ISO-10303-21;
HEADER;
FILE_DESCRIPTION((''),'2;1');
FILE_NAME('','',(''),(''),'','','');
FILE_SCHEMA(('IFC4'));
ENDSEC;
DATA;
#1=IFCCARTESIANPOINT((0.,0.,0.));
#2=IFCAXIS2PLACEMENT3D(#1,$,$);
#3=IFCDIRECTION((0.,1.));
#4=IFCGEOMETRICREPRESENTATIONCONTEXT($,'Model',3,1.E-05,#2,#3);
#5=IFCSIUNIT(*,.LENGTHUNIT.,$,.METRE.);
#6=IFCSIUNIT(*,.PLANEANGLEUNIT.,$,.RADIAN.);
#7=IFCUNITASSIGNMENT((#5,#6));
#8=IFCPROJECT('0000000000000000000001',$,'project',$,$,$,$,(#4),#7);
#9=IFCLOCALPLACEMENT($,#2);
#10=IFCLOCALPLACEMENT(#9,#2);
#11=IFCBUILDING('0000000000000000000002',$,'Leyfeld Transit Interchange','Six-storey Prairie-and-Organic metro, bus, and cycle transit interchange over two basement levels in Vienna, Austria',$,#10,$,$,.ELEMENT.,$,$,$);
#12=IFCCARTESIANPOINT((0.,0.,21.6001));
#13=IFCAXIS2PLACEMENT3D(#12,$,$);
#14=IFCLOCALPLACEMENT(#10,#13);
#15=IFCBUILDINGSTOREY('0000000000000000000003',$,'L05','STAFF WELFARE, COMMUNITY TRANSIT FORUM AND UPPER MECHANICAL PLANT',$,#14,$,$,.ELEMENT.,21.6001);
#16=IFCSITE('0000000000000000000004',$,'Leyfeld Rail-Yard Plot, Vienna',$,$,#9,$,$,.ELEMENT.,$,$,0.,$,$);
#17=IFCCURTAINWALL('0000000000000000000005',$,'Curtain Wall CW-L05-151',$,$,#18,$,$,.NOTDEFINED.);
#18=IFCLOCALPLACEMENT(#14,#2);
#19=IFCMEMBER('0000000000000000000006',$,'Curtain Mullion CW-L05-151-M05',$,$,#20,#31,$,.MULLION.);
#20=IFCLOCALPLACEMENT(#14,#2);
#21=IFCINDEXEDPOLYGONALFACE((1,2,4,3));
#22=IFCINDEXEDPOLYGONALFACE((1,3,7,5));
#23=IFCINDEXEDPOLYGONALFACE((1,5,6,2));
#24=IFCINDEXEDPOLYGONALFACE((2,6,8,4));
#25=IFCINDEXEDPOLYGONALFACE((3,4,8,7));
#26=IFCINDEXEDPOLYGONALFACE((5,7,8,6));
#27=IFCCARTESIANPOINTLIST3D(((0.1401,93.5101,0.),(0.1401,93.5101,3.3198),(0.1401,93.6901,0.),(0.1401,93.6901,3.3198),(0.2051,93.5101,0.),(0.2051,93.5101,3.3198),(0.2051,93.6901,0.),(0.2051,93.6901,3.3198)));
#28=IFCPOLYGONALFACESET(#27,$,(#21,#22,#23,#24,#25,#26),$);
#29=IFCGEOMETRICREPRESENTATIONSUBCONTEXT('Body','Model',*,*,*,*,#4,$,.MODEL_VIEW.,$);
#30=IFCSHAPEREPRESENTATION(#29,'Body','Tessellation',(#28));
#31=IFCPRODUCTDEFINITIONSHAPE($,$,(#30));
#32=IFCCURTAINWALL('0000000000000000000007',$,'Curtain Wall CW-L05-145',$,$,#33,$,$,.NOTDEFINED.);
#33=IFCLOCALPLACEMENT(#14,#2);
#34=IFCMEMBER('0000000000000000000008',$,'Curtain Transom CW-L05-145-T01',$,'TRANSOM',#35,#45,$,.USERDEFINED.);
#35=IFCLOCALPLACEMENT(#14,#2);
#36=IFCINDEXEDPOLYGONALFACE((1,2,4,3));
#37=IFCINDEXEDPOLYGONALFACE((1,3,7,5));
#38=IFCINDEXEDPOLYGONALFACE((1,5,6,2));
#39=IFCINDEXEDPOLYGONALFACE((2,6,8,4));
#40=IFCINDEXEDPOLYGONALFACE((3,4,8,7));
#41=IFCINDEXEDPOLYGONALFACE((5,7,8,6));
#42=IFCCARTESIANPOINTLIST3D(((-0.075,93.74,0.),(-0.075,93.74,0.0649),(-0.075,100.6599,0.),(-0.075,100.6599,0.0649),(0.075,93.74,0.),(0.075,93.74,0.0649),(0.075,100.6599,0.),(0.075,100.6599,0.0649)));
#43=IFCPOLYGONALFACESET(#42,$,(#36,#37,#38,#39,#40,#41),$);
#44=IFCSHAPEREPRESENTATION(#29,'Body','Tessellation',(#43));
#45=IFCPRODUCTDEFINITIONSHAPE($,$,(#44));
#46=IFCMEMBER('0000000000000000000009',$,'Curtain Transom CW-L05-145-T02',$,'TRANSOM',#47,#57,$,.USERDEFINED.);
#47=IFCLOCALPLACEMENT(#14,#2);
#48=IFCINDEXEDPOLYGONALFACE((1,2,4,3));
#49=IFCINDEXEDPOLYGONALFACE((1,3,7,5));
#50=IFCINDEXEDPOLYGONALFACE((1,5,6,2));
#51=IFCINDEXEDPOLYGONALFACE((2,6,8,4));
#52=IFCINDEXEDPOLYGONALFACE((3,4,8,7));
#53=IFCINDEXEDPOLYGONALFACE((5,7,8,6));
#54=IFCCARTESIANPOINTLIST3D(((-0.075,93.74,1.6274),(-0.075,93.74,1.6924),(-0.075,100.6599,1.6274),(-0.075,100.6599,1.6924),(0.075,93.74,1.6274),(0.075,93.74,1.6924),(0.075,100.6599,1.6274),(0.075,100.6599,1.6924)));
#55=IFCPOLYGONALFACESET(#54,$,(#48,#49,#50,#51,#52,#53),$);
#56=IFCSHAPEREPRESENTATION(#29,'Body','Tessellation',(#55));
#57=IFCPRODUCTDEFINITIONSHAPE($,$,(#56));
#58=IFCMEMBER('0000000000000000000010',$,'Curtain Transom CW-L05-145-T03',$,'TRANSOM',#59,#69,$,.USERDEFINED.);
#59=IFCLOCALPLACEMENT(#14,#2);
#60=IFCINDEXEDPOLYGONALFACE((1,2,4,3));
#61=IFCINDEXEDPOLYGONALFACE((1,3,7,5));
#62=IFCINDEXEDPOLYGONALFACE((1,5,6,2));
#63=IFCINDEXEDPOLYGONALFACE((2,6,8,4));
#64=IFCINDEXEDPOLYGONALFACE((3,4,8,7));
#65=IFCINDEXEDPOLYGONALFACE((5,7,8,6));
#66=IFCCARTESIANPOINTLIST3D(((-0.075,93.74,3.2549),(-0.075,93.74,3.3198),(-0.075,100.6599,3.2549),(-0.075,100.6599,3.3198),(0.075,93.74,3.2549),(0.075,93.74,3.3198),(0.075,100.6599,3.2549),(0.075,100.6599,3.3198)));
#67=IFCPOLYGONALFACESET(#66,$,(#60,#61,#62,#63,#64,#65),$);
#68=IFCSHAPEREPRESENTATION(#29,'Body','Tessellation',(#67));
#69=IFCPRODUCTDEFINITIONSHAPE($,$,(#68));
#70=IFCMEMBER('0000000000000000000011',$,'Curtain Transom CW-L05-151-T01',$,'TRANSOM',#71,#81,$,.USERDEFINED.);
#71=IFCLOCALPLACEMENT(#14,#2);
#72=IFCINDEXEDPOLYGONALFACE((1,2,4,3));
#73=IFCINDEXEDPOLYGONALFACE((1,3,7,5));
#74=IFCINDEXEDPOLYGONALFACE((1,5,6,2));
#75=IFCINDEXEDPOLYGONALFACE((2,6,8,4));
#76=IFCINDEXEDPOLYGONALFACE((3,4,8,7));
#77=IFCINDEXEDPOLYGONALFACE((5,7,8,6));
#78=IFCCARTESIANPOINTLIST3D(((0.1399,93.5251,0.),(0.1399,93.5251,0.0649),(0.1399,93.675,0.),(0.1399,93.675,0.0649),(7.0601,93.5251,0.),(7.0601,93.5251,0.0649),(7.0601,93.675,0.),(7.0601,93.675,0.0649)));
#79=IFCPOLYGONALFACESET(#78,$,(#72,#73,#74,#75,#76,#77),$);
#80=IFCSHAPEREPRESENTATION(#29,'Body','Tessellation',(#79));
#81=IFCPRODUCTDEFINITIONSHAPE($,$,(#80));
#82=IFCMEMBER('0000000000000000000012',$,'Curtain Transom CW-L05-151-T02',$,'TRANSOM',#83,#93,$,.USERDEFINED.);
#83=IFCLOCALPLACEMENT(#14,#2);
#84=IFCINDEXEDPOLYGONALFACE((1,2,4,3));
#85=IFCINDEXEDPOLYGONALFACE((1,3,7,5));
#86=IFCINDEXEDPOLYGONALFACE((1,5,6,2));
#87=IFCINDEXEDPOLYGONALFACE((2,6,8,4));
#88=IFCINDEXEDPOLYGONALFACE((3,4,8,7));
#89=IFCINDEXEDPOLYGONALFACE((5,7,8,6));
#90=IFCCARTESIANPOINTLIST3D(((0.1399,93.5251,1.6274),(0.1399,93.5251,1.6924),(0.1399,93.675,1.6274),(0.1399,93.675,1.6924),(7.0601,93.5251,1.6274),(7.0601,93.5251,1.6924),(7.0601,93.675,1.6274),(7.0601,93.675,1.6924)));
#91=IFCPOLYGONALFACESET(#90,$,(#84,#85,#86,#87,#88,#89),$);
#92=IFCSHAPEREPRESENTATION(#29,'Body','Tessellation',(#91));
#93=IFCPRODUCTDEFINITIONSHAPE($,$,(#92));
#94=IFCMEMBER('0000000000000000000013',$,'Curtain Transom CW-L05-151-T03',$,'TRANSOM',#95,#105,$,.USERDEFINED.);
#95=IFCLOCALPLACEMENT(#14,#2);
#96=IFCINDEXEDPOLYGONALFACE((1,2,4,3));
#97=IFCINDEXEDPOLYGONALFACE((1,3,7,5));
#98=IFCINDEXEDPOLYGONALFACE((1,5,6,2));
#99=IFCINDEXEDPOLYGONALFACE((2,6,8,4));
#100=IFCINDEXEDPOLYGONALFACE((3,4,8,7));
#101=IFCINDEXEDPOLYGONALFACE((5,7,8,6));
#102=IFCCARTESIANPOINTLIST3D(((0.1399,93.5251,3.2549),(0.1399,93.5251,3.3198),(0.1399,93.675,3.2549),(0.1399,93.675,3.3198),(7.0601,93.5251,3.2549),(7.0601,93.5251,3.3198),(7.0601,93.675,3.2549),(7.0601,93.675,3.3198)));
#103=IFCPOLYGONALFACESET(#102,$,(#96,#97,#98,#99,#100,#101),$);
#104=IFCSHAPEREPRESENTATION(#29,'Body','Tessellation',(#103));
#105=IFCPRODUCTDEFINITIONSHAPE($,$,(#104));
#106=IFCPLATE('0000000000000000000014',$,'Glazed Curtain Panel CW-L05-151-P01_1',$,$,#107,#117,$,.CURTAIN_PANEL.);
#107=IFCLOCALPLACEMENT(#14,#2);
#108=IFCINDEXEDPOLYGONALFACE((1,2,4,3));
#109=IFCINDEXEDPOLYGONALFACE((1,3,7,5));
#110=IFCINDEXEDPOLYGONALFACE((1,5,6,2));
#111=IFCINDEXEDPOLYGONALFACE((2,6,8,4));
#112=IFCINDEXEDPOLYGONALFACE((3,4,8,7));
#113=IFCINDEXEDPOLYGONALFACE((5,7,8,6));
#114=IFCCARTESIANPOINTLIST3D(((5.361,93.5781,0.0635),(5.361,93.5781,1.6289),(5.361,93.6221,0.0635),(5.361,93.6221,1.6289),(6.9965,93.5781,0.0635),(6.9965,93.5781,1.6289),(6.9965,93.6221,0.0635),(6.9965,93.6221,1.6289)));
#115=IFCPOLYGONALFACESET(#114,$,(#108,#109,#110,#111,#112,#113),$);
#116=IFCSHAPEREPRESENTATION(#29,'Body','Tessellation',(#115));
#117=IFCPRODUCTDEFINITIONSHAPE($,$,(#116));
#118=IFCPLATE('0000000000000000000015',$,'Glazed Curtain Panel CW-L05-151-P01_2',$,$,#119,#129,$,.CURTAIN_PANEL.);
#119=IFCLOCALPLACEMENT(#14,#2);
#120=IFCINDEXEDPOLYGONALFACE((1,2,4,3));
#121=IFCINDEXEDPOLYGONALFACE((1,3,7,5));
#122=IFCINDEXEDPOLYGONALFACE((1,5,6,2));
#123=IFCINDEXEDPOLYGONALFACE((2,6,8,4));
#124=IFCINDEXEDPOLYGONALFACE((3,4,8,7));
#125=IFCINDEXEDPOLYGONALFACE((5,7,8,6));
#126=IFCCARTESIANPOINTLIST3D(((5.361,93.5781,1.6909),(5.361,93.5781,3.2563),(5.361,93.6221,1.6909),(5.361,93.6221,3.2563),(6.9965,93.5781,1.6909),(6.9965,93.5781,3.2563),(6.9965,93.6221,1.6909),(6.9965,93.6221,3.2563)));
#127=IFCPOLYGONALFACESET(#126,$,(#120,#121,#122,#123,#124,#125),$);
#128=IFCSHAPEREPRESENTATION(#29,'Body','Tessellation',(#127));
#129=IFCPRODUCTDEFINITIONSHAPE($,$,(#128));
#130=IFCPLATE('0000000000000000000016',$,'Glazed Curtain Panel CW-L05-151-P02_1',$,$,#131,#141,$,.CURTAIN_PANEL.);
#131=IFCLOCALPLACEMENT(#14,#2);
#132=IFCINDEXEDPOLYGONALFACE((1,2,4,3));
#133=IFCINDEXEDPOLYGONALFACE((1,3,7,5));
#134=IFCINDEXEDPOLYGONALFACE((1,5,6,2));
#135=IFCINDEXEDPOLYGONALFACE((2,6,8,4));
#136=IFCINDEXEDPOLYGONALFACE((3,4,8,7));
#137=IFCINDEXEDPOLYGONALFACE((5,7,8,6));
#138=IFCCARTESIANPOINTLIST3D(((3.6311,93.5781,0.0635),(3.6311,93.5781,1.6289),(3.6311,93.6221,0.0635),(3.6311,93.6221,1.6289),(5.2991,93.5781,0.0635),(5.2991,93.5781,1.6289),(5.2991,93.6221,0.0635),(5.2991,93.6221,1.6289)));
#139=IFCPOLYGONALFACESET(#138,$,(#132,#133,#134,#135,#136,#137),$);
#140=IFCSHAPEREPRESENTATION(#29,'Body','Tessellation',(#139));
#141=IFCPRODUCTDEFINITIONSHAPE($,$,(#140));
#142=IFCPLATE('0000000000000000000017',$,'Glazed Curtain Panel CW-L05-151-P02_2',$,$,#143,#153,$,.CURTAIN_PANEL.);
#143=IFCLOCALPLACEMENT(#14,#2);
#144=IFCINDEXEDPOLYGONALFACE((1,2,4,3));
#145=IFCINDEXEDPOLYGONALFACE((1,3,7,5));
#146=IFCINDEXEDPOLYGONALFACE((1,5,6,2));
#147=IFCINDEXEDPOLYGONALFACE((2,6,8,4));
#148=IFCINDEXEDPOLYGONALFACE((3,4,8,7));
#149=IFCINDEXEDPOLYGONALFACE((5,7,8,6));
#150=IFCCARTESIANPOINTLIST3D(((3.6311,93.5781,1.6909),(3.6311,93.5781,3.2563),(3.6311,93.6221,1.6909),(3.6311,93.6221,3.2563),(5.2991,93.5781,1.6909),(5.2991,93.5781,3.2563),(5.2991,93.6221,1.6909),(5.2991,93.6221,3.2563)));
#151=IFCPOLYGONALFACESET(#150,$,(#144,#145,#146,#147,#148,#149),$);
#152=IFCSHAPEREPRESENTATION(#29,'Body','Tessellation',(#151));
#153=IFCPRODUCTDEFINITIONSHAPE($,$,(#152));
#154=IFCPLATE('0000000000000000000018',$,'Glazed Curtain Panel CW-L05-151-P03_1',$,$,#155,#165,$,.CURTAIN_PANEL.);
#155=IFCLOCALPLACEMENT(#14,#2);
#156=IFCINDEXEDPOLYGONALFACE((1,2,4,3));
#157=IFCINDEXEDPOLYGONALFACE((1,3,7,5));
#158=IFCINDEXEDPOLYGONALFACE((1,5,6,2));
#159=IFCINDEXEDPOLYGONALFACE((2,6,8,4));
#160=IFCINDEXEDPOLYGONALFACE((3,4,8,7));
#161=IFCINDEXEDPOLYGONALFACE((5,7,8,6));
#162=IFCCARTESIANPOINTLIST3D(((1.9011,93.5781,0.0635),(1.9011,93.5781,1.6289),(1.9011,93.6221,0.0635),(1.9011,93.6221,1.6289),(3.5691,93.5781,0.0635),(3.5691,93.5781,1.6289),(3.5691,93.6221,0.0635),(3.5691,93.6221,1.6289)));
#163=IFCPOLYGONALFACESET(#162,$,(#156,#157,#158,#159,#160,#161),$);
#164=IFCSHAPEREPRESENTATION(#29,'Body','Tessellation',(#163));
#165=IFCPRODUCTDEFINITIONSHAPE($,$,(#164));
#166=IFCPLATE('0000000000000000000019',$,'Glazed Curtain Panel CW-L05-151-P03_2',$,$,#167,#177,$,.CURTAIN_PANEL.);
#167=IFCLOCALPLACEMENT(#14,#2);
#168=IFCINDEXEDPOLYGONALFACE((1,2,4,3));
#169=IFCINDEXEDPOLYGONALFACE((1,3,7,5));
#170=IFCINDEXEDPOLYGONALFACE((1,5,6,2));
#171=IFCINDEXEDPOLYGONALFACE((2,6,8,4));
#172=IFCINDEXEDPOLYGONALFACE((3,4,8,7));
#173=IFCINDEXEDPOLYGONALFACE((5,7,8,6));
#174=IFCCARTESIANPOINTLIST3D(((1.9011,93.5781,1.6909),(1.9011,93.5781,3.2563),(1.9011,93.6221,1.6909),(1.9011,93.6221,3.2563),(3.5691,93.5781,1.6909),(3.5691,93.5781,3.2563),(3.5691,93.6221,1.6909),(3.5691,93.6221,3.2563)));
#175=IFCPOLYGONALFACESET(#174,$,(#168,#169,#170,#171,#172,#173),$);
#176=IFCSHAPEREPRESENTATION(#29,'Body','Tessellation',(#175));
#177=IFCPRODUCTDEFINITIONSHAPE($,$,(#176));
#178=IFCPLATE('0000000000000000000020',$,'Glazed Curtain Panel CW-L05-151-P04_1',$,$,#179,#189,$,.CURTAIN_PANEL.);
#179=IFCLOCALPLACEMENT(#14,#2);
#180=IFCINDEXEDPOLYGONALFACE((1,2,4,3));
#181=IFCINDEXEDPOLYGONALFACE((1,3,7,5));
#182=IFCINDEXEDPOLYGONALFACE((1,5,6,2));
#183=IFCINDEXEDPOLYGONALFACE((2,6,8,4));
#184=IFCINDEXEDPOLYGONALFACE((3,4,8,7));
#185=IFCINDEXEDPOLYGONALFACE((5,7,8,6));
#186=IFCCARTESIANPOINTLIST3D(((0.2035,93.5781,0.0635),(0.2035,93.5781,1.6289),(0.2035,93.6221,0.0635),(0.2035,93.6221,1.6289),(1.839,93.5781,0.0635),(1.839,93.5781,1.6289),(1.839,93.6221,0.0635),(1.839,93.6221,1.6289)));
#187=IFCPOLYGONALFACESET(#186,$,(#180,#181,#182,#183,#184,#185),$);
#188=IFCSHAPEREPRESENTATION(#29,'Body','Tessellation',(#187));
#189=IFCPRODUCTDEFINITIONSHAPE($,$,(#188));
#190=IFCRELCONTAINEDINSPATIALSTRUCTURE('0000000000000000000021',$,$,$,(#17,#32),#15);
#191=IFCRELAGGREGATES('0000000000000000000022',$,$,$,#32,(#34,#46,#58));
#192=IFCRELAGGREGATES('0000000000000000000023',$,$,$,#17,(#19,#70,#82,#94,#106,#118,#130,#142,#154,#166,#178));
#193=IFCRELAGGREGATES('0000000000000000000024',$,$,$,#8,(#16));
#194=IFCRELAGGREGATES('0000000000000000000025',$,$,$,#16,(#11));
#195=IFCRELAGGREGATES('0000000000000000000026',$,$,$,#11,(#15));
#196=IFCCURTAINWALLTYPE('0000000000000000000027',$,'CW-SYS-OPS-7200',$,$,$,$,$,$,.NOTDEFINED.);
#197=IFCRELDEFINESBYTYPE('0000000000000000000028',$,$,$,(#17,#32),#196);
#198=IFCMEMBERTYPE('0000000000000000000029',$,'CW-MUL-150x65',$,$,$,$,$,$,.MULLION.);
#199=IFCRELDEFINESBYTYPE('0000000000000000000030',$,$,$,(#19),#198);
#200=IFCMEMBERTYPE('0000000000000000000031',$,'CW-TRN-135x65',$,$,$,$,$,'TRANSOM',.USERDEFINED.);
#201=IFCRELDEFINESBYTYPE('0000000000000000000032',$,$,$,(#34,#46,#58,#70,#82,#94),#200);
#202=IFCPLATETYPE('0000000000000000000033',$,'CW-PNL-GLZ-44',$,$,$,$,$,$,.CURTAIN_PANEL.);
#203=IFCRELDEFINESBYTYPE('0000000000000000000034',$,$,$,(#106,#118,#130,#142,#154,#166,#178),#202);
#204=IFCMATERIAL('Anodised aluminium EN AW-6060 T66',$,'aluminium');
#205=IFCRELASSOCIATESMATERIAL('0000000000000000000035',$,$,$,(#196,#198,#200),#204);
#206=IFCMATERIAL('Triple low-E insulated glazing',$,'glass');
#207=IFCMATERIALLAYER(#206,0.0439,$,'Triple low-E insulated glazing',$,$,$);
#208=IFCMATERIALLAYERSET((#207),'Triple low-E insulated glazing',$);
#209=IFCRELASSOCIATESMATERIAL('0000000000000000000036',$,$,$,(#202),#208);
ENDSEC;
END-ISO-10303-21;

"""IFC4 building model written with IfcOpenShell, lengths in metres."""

from ifc_helpers import new_model, si_unit, direction, frame, origin, origin_2d, place, context, subcontext, project, spatial, rectangle, extrude, material, layer, layer_set, material_profile, profile_set, type_object, element, aggregate, save


model = new_model("IFC4")

# Units and contexts
model_context = context("Model", 3, precision=1e-05, world=origin(), true_north=direction((0.0, 1.0)))
body_context = subcontext(model_context, "Body", "Model", "MODEL_VIEW")
ifc_project = project(units=[si_unit("LENGTHUNIT", "METRE"), si_unit("PLANEANGLEUNIT", "RADIAN")], contexts=[model_context])

# Site, building, storey
site_placement = place(None, origin())
site = spatial("IfcSite", under=ifc_project, at=site_placement, Name="Leyfeld Rail-Yard Plot, Vienna", CompositionType="ELEMENT", RefElevation=0.0)
building_placement = place(site_placement, origin())
building = spatial("IfcBuilding", under=site, at=building_placement, Name="Leyfeld Transit Interchange", Description="Six-storey Prairie-and-Organic metro, bus, and cycle transit interchange over two basement levels in Vienna, Austria", CompositionType="ELEMENT")
storey_placement = place(building_placement, frame((0.0, 0.0, 21.6001)))
storey = spatial("IfcBuildingStorey", under=building, at=storey_placement, Name="L05", Description="STAFF WELFARE, COMMUNITY TRANSIT FORUM AND UPPER MECHANICAL PLANT", CompositionType="ELEMENT", Elevation=21.6001)

# Curtain walls, members
ifc_material_1 = material(Name="Anodised aluminium EN AW-6060 T66", Category="aluminium")
curtain_wall_type = type_object("IfcCurtainWallType", Name="CW-SYS-OPS-7200", PredefinedType="NOTDEFINED", material=ifc_material_1)
curtain_wall_1_placement = place(storey_placement, origin())
curtain_wall_1 = element("IfcCurtainWall", 1, at=curtain_wall_1_placement, inside=storey, type_object=curtain_wall_type, Name="Curtain Wall CW-L05-151", PredefinedType="NOTDEFINED")
ifc_material_profile_1 = material_profile(ifc_material_1, rectangle(XDim=0.0649, YDim=0.1799, at=origin_2d()), Name="CW-M 65x180")
ifc_profile_set_1 = profile_set([ifc_material_profile_1], Name="Anodised aluminium EN AW-6060 T66")
member_type_1 = type_object("IfcMemberType", Name="CW-MUL-150x65", PredefinedType="MULLION", material=ifc_profile_set_1)
member_1_placement = place(storey_placement, frame((0.1726, 93.6001, 0.0), z_axis=(0.0, 0.0, 1.0), x_axis=(-1.0, 0.0, 0.0)))
member_1 = element("IfcMember", 2, at=member_1_placement, type_object=member_type_1, Name="Curtain Mullion CW-L05-151-M05", PredefinedType="MULLION", context=body_context, shape_type="SweptSolid", body=[
    extrude(rectangle(XDim=0.0649, YDim=0.1799, at=origin_2d()), origin(), (0.0, 0.0, 1.0), 3.3198),
])
curtain_wall_2_placement = place(storey_placement, origin())
curtain_wall_2 = element("IfcCurtainWall", 3, at=curtain_wall_2_placement, inside=storey, type_object=curtain_wall_type, Name="Curtain Wall CW-L05-145", PredefinedType="NOTDEFINED")
ifc_material_profile_2 = material_profile(ifc_material_1, rectangle(XDim=0.1499, YDim=0.0649, at=origin_2d()), Name="CW-TRN-135x65")
ifc_profile_set_2 = profile_set([ifc_material_profile_2], Name="Anodised aluminium EN AW-6060 T66")
member_type_2 = type_object("IfcMemberType", Name="CW-TRN-135x65", ElementType="TRANSOM", PredefinedType="USERDEFINED", material=ifc_profile_set_2)
member_2_placement = place(storey_placement, frame((0.0, 93.74, 0.0325), z_axis=(0.0, 1.0, 0.0), x_axis=(-1.0, 0.0, 0.0)))
member_2 = element("IfcMember", 4, at=member_2_placement, type_object=member_type_2, Name="Curtain Transom CW-L05-145-T01", ObjectType="TRANSOM", PredefinedType="USERDEFINED", context=body_context, shape_type="SweptSolid", body=[
    extrude(rectangle(XDim=0.1499, YDim=0.0649, at=origin_2d()), origin(), (0.0, 0.0, 1.0), 6.9199),
])
member_3_placement = place(storey_placement, frame((0.0, 93.74, 1.6599), z_axis=(0.0, 1.0, 0.0), x_axis=(-1.0, 0.0, 0.0)))
member_3 = element("IfcMember", 5, at=member_3_placement, type_object=member_type_2, Name="Curtain Transom CW-L05-145-T02", ObjectType="TRANSOM", PredefinedType="USERDEFINED", context=body_context, shape_type="SweptSolid", body=[
    extrude(rectangle(XDim=0.1499, YDim=0.0649, at=origin_2d()), origin(), (0.0, 0.0, 1.0), 6.9199),
])
member_4_placement = place(storey_placement, frame((0.0, 93.74, 3.2874), z_axis=(0.0, 1.0, 0.0), x_axis=(-1.0, 0.0, 0.0)))
member_4 = element("IfcMember", 6, at=member_4_placement, type_object=member_type_2, Name="Curtain Transom CW-L05-145-T03", ObjectType="TRANSOM", PredefinedType="USERDEFINED", context=body_context, shape_type="SweptSolid", body=[
    extrude(rectangle(XDim=0.1499, YDim=0.0649, at=origin_2d()), origin(), (0.0, 0.0, 1.0), 6.9199),
])
aggregate(curtain_wall_2, [member_2, member_3, member_4])

# Members
member_5_placement = place(storey_placement, frame((7.0601, 93.6001, 0.0325), z_axis=(-1.0, 0.0, 0.0), x_axis=(0.0, -1.0, 0.0)))
member_5 = element("IfcMember", 7, at=member_5_placement, type_object=member_type_2, Name="Curtain Transom CW-L05-151-T01", ObjectType="TRANSOM", PredefinedType="USERDEFINED", context=body_context, shape_type="SweptSolid", body=[
    extrude(rectangle(XDim=0.1499, YDim=0.0649, at=origin_2d()), origin(), (0.0, 0.0, 1.0), 6.9202),
])
member_6_placement = place(storey_placement, frame((7.0601, 93.6001, 1.6599), z_axis=(-1.0, 0.0, 0.0), x_axis=(0.0, -1.0, 0.0)))
member_6 = element("IfcMember", 8, at=member_6_placement, type_object=member_type_2, Name="Curtain Transom CW-L05-151-T02", ObjectType="TRANSOM", PredefinedType="USERDEFINED", context=body_context, shape_type="SweptSolid", body=[
    extrude(rectangle(XDim=0.1499, YDim=0.0649, at=origin_2d()), origin(), (0.0, 0.0, 1.0), 6.9202),
])
member_7_placement = place(storey_placement, frame((7.0601, 93.6001, 3.2874), z_axis=(-1.0, 0.0, 0.0), x_axis=(0.0, -1.0, 0.0)))
member_7 = element("IfcMember", 9, at=member_7_placement, type_object=member_type_2, Name="Curtain Transom CW-L05-151-T03", ObjectType="TRANSOM", PredefinedType="USERDEFINED", context=body_context, shape_type="SweptSolid", body=[
    extrude(rectangle(XDim=0.1499, YDim=0.0649, at=origin_2d()), origin(), (0.0, 0.0, 1.0), 6.9202),
])

# Plates
ifc_material_2 = material(Name="Triple low-E insulated glazing", Category="glass")
ifc_layer_1 = layer(ifc_material_2, 0.0439, Name="Triple low-E insulated glazing")
ifc_layer_set_1 = layer_set([ifc_layer_1], Name="Triple low-E insulated glazing")
plate_type = type_object("IfcPlateType", Name="CW-PNL-GLZ-44", PredefinedType="CURTAIN_PANEL", material=ifc_layer_set_1)
plate_1_placement = place(storey_placement, frame((6.1787, 93.6001, 0.0635), z_axis=(0.0, 0.0, 1.0), x_axis=(-1.0, 0.0, 0.0)))
plate_1 = element("IfcPlate", 10, at=plate_1_placement, type_object=plate_type, Name="Glazed Curtain Panel CW-L05-151-P01_1", PredefinedType="CURTAIN_PANEL", context=body_context, shape_type="SweptSolid", body=[
    extrude(rectangle(XDim=1.6355, YDim=0.0439, at=origin_2d()), origin(), (0.0, 0.0, 1.0), 1.5654),
])
plate_2_placement = place(storey_placement, frame((6.1787, 93.6001, 1.6909), z_axis=(0.0, 0.0, 1.0), x_axis=(-1.0, 0.0, 0.0)))
plate_2 = element("IfcPlate", 11, at=plate_2_placement, type_object=plate_type, Name="Glazed Curtain Panel CW-L05-151-P01_2", PredefinedType="CURTAIN_PANEL", context=body_context, shape_type="SweptSolid", body=[
    extrude(rectangle(XDim=1.6355, YDim=0.0439, at=origin_2d()), origin(), (0.0, 0.0, 1.0), 1.5654),
])
plate_3_placement = place(storey_placement, frame((4.4651, 93.6001, 0.0635), z_axis=(0.0, 0.0, 1.0), x_axis=(-1.0, 0.0, 0.0)))
plate_3 = element("IfcPlate", 12, at=plate_3_placement, type_object=plate_type, Name="Glazed Curtain Panel CW-L05-151-P02_1", PredefinedType="CURTAIN_PANEL", context=body_context, shape_type="SweptSolid", body=[
    extrude(rectangle(XDim=1.668, YDim=0.0439, at=origin_2d()), origin(), (0.0, 0.0, 1.0), 1.5654),
])
plate_4_placement = place(storey_placement, frame((4.4651, 93.6001, 1.6909), z_axis=(0.0, 0.0, 1.0), x_axis=(-1.0, 0.0, 0.0)))
plate_4 = element("IfcPlate", 13, at=plate_4_placement, type_object=plate_type, Name="Glazed Curtain Panel CW-L05-151-P02_2", PredefinedType="CURTAIN_PANEL", context=body_context, shape_type="SweptSolid", body=[
    extrude(rectangle(XDim=1.668, YDim=0.0439, at=origin_2d()), origin(), (0.0, 0.0, 1.0), 1.5654),
])
plate_5_placement = place(storey_placement, frame((2.7351, 93.6001, 0.0635), z_axis=(0.0, 0.0, 1.0), x_axis=(-1.0, 0.0, 0.0)))
plate_5 = element("IfcPlate", 14, at=plate_5_placement, type_object=plate_type, Name="Glazed Curtain Panel CW-L05-151-P03_1", PredefinedType="CURTAIN_PANEL", context=body_context, shape_type="SweptSolid", body=[
    extrude(rectangle(XDim=1.668, YDim=0.0439, at=origin_2d()), origin(), (0.0, 0.0, 1.0), 1.5654),
])
plate_6_placement = place(storey_placement, frame((2.7351, 93.6001, 1.6909), z_axis=(0.0, 0.0, 1.0), x_axis=(-1.0, 0.0, 0.0)))
plate_6 = element("IfcPlate", 15, at=plate_6_placement, type_object=plate_type, Name="Glazed Curtain Panel CW-L05-151-P03_2", PredefinedType="CURTAIN_PANEL", context=body_context, shape_type="SweptSolid", body=[
    extrude(rectangle(XDim=1.668, YDim=0.0439, at=origin_2d()), origin(), (0.0, 0.0, 1.0), 1.5654),
])
plate_7_placement = place(storey_placement, frame((1.0212, 93.6001, 0.0635), z_axis=(0.0, 0.0, 1.0), x_axis=(-1.0, 0.0, 0.0)))
plate_7 = element("IfcPlate", 16, at=plate_7_placement, type_object=plate_type, Name="Glazed Curtain Panel CW-L05-151-P04_1", PredefinedType="CURTAIN_PANEL", context=body_context, shape_type="SweptSolid", body=[
    extrude(rectangle(XDim=1.6355, YDim=0.0439, at=origin_2d()), origin(), (0.0, 0.0, 1.0), 1.5654),
])
aggregate(curtain_wall_1, [member_1, member_5, member_6, member_7, plate_1, plate_2, plate_3, plate_4, plate_5, plate_6, plate_7])

save(model, "model.ifc")
